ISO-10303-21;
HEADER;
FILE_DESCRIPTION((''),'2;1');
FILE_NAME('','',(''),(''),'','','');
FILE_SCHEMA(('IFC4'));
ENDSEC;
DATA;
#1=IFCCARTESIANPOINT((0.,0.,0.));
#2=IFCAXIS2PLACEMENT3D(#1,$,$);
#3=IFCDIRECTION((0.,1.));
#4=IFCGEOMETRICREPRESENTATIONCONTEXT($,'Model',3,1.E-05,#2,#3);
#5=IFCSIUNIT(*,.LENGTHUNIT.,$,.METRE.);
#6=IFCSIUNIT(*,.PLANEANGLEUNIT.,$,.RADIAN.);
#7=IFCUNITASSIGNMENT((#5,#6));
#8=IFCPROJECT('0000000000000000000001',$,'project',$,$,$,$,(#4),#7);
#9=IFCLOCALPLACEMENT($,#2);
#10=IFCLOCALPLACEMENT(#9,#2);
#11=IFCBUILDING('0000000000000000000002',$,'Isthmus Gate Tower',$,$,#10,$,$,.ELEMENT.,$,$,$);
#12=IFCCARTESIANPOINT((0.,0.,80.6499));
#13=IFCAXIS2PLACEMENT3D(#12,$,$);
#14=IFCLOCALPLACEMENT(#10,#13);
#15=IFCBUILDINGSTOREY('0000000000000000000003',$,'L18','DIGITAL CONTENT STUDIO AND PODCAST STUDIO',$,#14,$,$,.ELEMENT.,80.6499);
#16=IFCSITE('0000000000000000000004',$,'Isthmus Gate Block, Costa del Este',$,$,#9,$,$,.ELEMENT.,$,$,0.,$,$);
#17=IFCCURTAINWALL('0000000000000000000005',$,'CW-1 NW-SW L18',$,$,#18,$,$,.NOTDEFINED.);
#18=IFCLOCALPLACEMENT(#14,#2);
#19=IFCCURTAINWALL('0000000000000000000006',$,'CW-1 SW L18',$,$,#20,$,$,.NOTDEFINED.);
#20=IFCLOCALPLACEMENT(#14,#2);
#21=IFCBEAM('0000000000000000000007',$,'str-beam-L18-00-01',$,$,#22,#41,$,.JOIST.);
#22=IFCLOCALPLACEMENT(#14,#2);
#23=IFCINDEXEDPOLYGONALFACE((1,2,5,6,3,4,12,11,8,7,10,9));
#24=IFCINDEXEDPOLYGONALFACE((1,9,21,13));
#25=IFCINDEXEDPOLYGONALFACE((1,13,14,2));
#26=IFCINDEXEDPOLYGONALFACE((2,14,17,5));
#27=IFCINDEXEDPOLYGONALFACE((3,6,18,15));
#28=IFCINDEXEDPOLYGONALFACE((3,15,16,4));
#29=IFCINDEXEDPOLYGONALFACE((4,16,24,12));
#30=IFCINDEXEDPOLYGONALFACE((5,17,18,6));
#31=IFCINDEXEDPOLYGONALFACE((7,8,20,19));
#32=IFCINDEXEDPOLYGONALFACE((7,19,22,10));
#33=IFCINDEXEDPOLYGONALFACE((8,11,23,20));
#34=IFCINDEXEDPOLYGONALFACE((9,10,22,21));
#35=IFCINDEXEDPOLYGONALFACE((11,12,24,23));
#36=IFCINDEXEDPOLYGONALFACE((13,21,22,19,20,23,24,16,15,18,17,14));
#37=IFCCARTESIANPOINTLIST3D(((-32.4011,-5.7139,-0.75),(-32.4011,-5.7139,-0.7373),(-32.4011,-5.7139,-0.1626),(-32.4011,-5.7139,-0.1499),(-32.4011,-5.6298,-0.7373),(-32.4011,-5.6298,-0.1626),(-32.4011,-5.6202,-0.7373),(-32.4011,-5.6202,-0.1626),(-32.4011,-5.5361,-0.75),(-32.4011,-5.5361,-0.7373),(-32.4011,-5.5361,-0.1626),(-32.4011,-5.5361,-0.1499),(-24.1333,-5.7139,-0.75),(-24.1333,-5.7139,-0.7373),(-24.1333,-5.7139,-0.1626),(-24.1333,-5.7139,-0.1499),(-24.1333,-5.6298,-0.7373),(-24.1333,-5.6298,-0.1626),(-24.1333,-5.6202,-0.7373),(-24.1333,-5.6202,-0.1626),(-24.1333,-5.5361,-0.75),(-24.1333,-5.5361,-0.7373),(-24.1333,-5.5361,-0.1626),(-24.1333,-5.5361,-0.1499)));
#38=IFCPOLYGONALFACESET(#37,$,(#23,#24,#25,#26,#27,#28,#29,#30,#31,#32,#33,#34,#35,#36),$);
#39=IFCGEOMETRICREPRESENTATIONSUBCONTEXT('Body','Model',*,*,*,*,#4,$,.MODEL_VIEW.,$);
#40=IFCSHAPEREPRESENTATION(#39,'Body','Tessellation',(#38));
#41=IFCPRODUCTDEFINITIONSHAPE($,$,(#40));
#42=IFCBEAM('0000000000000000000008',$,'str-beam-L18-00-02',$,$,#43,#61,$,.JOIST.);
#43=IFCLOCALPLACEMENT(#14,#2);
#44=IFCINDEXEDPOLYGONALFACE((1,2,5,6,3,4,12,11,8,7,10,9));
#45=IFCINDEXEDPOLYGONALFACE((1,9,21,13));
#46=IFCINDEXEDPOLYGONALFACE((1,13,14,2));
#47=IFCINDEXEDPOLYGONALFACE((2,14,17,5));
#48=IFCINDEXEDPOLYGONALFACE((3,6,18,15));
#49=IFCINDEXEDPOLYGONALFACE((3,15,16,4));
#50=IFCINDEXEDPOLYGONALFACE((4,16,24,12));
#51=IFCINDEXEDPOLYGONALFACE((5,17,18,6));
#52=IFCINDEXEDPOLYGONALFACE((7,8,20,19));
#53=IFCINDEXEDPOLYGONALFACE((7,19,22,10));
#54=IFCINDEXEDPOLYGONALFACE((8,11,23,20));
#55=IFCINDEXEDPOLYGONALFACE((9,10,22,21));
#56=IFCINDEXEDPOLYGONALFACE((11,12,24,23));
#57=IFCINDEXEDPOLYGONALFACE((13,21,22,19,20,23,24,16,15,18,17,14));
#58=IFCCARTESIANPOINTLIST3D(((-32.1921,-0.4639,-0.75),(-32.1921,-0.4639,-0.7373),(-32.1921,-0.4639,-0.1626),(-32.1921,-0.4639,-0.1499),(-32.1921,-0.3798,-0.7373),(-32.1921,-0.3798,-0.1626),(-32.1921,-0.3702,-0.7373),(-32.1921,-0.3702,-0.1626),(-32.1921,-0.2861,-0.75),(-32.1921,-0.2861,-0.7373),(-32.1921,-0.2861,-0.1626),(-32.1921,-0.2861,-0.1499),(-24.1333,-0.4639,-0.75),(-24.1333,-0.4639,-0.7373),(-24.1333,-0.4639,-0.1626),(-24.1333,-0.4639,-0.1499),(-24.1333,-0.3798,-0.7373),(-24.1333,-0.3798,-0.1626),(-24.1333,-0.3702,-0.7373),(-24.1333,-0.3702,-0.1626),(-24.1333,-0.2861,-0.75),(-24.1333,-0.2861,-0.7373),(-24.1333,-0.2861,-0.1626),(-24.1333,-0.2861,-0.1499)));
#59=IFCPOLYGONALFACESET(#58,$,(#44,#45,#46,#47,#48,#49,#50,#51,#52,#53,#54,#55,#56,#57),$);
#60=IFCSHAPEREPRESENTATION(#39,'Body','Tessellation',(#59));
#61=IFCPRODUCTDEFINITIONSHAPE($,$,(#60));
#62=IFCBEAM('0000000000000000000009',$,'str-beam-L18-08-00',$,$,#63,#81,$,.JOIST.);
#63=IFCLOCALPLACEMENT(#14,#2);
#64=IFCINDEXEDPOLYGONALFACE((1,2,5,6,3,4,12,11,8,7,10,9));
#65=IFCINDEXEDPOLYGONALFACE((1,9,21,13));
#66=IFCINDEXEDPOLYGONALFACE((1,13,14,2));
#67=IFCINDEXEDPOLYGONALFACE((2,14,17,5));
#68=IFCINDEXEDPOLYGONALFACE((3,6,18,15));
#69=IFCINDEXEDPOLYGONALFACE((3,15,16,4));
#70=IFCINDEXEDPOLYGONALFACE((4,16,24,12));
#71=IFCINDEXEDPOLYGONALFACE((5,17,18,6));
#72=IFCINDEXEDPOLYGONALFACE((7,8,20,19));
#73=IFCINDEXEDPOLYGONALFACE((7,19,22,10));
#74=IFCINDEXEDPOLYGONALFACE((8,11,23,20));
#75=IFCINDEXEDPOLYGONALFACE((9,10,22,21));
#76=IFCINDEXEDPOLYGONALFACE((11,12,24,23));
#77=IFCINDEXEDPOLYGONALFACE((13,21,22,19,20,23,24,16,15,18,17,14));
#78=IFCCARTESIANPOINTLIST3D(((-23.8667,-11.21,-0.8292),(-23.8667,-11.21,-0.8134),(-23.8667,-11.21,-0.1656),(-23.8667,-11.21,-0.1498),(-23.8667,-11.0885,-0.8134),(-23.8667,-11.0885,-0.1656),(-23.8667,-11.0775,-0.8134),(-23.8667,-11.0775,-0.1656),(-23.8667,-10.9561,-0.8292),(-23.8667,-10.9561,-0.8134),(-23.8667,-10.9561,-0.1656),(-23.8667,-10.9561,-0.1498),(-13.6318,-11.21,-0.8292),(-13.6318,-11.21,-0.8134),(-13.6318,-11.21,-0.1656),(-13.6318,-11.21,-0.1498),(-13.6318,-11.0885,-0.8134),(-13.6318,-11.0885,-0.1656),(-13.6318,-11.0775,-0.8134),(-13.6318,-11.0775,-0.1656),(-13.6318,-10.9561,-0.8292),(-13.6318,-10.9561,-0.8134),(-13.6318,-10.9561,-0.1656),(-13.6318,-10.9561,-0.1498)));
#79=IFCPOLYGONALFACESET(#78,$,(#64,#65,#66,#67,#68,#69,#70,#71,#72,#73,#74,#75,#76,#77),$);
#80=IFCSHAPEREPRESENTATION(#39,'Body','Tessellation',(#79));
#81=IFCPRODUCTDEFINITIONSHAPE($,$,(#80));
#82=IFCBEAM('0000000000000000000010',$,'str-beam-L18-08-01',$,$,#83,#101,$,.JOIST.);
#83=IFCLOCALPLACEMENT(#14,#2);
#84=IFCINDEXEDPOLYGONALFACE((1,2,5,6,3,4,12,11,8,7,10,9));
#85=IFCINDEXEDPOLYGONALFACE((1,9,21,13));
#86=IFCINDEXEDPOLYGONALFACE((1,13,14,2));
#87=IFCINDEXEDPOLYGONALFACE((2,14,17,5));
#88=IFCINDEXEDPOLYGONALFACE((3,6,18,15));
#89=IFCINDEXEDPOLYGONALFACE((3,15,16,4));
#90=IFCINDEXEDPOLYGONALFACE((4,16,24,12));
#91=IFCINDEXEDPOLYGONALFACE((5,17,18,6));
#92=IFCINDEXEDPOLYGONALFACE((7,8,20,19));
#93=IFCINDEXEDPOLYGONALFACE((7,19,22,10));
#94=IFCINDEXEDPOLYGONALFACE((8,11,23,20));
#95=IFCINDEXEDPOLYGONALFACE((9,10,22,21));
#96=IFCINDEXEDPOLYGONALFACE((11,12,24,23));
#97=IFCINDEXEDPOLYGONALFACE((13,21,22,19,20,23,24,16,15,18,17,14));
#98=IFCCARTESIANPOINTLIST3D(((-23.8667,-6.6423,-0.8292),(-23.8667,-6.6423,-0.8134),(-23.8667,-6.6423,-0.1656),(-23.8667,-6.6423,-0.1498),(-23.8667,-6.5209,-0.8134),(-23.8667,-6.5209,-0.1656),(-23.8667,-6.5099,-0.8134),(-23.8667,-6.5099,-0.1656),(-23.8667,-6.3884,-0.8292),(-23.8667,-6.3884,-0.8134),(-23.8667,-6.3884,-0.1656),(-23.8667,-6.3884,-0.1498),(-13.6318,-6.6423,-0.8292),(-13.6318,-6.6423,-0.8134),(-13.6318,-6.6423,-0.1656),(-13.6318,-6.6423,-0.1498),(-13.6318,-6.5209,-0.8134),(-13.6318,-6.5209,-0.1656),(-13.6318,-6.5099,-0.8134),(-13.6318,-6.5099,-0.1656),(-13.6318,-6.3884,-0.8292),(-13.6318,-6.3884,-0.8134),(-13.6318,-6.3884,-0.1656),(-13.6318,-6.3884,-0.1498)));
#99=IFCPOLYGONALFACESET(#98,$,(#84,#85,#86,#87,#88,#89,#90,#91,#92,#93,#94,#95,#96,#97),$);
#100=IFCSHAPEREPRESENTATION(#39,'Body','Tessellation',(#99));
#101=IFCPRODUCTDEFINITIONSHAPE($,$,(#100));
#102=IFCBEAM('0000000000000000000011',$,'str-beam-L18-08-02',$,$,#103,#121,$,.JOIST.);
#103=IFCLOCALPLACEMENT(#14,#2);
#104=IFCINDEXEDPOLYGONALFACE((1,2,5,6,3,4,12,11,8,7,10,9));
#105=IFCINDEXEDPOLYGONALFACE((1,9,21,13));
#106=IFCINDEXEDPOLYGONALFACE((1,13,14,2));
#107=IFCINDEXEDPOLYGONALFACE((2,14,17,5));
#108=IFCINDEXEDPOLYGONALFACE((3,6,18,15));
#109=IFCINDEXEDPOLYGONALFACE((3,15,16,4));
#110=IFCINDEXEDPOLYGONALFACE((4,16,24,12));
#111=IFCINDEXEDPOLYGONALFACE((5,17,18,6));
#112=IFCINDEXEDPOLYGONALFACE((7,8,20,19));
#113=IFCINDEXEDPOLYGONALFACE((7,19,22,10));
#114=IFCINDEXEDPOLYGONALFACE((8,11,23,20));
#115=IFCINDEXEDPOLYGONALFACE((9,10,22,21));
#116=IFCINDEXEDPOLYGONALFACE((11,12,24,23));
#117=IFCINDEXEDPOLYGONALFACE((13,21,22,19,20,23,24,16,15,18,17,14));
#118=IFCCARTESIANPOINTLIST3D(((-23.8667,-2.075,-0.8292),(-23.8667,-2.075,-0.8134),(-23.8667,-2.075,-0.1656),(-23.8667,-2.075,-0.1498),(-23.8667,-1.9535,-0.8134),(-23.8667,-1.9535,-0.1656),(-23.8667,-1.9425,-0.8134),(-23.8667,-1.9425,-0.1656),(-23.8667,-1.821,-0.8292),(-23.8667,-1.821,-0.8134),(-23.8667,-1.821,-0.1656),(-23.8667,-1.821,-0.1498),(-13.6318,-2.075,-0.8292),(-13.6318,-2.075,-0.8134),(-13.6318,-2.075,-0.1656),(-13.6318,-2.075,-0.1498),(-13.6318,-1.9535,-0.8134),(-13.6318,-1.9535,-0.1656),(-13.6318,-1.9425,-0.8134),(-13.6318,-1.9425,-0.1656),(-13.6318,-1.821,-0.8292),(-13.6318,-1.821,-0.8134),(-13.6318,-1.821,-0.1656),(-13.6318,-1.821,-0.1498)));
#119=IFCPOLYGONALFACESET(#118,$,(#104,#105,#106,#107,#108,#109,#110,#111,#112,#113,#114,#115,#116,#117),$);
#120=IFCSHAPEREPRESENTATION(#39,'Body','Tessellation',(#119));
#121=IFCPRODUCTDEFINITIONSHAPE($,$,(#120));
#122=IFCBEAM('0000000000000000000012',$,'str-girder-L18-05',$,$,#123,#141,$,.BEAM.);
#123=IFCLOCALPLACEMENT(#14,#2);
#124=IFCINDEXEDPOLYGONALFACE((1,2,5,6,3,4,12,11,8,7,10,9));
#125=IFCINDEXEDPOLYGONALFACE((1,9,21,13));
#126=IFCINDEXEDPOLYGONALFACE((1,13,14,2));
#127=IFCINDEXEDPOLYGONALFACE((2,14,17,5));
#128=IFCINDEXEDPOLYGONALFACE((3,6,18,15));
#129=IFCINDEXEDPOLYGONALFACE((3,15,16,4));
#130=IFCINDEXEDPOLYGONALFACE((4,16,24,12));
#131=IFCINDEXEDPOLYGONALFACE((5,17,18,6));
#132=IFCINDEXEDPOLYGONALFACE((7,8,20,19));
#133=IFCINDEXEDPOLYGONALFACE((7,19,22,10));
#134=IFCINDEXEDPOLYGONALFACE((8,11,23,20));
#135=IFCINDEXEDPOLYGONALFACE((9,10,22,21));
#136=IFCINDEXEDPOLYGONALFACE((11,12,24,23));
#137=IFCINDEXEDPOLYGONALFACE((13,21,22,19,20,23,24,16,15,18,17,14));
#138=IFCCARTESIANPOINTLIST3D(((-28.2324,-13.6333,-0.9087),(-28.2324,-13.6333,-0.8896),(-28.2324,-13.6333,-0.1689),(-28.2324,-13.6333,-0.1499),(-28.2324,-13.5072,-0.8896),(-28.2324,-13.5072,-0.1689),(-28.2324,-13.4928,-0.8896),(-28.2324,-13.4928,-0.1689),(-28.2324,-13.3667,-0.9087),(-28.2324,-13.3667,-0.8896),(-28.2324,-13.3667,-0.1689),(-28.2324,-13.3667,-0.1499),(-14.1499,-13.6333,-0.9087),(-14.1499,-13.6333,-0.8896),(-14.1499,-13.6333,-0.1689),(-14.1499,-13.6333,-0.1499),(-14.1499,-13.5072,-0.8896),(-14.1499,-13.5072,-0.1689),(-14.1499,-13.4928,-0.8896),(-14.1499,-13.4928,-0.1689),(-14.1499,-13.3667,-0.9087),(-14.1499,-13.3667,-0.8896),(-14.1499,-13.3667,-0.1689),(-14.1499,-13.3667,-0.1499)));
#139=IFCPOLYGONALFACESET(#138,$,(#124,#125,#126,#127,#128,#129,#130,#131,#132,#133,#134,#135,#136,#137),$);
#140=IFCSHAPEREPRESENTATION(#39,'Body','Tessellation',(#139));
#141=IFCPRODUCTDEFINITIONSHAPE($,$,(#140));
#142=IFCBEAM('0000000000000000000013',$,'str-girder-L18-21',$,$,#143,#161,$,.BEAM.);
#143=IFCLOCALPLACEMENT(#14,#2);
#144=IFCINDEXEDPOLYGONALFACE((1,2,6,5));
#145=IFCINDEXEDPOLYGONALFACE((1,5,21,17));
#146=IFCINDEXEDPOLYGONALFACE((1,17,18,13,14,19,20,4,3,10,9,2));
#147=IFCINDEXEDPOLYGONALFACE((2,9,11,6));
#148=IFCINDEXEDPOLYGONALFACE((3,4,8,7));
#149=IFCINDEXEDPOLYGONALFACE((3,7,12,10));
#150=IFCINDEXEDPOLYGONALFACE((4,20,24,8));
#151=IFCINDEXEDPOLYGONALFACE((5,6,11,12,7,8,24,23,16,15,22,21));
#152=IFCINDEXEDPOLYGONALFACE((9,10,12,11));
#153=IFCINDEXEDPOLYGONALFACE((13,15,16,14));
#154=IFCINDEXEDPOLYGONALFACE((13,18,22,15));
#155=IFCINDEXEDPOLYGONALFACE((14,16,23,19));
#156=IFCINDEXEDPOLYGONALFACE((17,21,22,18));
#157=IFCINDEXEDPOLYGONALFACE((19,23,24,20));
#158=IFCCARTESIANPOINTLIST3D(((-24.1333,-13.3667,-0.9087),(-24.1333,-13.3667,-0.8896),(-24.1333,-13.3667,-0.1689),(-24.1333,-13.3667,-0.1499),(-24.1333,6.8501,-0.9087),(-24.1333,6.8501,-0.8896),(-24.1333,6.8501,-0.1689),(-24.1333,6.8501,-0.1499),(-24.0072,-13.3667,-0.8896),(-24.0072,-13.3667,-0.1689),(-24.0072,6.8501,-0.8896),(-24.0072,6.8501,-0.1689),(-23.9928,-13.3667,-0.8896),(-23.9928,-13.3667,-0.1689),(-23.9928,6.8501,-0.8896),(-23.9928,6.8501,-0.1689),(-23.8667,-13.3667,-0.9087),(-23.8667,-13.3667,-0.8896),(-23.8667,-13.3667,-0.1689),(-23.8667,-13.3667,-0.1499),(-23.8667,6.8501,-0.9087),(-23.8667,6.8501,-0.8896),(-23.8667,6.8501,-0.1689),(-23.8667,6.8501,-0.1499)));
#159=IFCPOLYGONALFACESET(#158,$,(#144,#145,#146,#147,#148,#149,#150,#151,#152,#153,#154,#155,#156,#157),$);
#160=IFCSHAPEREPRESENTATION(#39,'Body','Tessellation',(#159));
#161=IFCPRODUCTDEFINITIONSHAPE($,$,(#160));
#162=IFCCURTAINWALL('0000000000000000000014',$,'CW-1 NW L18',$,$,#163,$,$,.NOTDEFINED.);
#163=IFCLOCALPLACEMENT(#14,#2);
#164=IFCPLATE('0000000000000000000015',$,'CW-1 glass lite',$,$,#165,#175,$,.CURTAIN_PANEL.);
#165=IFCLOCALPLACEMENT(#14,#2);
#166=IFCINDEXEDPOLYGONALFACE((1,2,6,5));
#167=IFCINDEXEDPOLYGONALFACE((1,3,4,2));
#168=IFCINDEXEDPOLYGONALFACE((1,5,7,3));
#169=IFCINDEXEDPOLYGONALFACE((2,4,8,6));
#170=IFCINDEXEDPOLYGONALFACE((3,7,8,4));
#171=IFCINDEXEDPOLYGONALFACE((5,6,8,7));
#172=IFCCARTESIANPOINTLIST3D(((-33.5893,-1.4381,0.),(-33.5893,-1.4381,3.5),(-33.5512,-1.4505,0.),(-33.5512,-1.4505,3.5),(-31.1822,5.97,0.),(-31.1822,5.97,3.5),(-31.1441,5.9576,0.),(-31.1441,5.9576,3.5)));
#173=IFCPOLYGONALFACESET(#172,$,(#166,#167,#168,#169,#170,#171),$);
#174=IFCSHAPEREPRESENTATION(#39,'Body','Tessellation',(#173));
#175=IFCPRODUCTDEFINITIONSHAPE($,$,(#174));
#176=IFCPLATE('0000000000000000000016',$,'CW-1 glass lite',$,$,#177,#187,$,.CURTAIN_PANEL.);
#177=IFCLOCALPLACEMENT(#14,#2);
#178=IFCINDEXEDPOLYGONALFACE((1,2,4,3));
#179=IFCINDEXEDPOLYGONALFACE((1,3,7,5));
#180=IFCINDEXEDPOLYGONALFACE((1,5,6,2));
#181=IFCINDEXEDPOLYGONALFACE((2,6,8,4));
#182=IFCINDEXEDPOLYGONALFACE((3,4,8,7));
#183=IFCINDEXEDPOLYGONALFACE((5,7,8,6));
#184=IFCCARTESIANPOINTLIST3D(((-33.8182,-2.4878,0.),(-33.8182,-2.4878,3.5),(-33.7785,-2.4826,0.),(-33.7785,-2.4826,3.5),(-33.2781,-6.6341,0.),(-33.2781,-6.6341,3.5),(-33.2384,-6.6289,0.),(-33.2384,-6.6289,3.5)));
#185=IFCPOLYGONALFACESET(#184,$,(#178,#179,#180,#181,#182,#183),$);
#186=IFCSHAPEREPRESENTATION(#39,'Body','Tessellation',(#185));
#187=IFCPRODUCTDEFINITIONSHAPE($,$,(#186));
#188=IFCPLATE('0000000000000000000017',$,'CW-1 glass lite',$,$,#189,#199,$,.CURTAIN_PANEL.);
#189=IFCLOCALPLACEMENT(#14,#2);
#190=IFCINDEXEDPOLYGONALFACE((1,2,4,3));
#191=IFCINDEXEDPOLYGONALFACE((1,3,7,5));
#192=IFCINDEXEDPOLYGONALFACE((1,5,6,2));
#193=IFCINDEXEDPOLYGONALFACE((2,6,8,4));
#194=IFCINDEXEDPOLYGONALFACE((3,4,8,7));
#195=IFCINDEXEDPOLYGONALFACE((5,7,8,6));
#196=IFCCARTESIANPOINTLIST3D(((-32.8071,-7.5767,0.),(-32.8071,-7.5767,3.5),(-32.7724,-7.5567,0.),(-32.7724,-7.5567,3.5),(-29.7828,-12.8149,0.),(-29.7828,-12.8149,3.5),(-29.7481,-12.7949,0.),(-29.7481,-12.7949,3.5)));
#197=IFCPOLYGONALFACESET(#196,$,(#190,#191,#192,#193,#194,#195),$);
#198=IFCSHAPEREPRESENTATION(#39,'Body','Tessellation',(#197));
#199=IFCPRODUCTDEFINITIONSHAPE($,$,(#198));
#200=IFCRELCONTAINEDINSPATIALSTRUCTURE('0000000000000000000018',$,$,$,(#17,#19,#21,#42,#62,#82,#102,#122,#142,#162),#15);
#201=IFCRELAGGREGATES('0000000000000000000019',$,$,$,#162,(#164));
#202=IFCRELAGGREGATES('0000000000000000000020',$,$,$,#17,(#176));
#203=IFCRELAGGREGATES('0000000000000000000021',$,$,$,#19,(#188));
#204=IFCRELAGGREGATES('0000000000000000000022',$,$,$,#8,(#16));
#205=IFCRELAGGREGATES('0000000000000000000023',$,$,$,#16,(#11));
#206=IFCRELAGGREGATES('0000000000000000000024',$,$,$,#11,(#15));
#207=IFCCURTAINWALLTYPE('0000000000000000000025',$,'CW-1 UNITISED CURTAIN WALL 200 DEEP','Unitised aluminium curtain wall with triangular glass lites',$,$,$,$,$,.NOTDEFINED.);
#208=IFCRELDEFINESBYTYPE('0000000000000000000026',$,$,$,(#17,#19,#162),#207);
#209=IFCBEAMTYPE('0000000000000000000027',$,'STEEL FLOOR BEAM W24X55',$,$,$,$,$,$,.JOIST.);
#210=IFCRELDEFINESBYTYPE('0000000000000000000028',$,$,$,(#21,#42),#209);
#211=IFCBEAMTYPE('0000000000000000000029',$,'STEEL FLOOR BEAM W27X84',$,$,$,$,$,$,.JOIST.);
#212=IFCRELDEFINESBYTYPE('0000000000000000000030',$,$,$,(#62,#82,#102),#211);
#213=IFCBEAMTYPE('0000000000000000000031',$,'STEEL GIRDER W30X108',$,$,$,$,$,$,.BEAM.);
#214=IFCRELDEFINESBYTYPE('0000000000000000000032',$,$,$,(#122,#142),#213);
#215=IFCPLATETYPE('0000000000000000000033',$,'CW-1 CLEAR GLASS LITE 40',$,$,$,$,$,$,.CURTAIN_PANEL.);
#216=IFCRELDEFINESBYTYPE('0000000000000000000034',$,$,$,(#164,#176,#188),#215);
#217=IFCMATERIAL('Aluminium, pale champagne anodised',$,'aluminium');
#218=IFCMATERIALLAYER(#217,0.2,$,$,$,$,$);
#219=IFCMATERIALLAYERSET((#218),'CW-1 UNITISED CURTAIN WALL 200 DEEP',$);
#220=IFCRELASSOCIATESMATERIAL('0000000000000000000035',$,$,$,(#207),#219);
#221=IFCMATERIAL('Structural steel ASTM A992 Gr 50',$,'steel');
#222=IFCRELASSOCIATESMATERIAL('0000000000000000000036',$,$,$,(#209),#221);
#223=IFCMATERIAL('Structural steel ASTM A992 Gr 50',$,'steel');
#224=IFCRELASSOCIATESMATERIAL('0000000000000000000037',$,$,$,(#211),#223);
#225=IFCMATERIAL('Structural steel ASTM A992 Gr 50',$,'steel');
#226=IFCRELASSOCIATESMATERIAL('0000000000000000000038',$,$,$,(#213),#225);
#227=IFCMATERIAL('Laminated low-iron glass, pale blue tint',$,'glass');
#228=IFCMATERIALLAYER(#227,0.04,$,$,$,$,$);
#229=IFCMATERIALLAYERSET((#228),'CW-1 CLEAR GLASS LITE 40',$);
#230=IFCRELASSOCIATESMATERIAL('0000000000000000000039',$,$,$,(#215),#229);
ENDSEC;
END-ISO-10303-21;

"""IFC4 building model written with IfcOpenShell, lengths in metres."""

from ifc_helpers import new_model, si_unit, direction, frame, origin, origin_2d, place, context, subcontext, project, spatial, rectangle, i_section, extrude, material, layer, layer_set, material_profile, profile_set, type_object, element, aggregate, save


model = new_model("IFC4")

# Units and contexts
model_context = context("Model", 3, precision=1e-05, world=origin(), true_north=direction((0.0, 1.0)))
body_context = subcontext(model_context, "Body", "Model", "MODEL_VIEW")
ifc_project = project(units=[si_unit("LENGTHUNIT", "METRE"), si_unit("PLANEANGLEUNIT", "RADIAN")], contexts=[model_context])

# Site, building, storey
site_placement = place(None, origin())
site = spatial("IfcSite", under=ifc_project, at=site_placement, Name="Isthmus Gate Block, Costa del Este", CompositionType="ELEMENT", RefElevation=0.0)
building_placement = place(site_placement, origin())
building = spatial("IfcBuilding", under=site, at=building_placement, Name="Isthmus Gate Tower", CompositionType="ELEMENT")
storey_placement = place(building_placement, frame((0.0, 0.0, 80.6499)))
storey = spatial("IfcBuildingStorey", under=building, at=storey_placement, Name="L18", Description="DIGITAL CONTENT STUDIO AND PODCAST STUDIO", CompositionType="ELEMENT", Elevation=80.6499)

# Curtain walls
ifc_material_1 = material(Name="Aluminium, pale champagne anodised", Category="aluminium")
ifc_layer_1 = layer(ifc_material_1, 0.2)
ifc_layer_set_1 = layer_set([ifc_layer_1], Name="CW-1 UNITISED CURTAIN WALL 200 DEEP")
curtain_wall_type = type_object("IfcCurtainWallType", Name="CW-1 UNITISED CURTAIN WALL 200 DEEP", Description="Unitised aluminium curtain wall with triangular glass lites", PredefinedType="NOTDEFINED", material=ifc_layer_set_1)
curtain_wall_1_placement = place(storey_placement, origin())
curtain_wall_1 = element("IfcCurtainWall", 1, at=curtain_wall_1_placement, inside=storey, type_object=curtain_wall_type, Name="CW-1 NW-SW L18", PredefinedType="NOTDEFINED")
curtain_wall_2_placement = place(storey_placement, origin())
curtain_wall_2 = element("IfcCurtainWall", 2, at=curtain_wall_2_placement, inside=storey, type_object=curtain_wall_type, Name="CW-1 SW L18", PredefinedType="NOTDEFINED")

# Beams
ifc_material_2 = material(Name="Structural steel ASTM A992 Gr 50", Category="steel")
ifc_material_profile_1 = material_profile(ifc_material_2, i_section(OverallWidth=0.1777, OverallDepth=0.6001, WebThickness=0.0095, FlangeThickness=0.0127, at=origin_2d()), Name="W24X55")
ifc_profile_set_1 = profile_set([ifc_material_profile_1], Name="Structural steel ASTM A992 Gr 50")
beam_type_1 = type_object("IfcBeamType", Name="STEEL FLOOR BEAM W24X55", PredefinedType="JOIST", material=ifc_profile_set_1)
beam_1_placement = place(storey_placement, frame((-32.4011, -5.625, -0.45), z_axis=(1.0, 0.0, 0.0), x_axis=(0.0, 1.0, 0.0)))
element("IfcBeam", 3, at=beam_1_placement, inside=storey, type_object=beam_type_1, Name="str-beam-L18-00-01", PredefinedType="JOIST", context=body_context, shape_type="SweptSolid", body=[
    extrude(i_section(OverallWidth=0.1777, OverallDepth=0.6001, WebThickness=0.0095, FlangeThickness=0.0127, at=origin_2d()), origin(), (0.0, 0.0, 1.0), 8.2678),
])
beam_2_placement = place(storey_placement, frame((-32.1921, -0.375, -0.45), z_axis=(1.0, 0.0, 0.0), x_axis=(0.0, 1.0, 0.0)))
element("IfcBeam", 4, at=beam_2_placement, inside=storey, type_object=beam_type_1, Name="str-beam-L18-00-02", PredefinedType="JOIST", context=body_context, shape_type="SweptSolid", body=[
    extrude(i_section(OverallWidth=0.1777, OverallDepth=0.6001, WebThickness=0.0095, FlangeThickness=0.0127, at=origin_2d()), origin(), (0.0, 0.0, 1.0), 8.0588),
])
ifc_material_3 = material(Name="Structural steel ASTM A992 Gr 50", Category="steel")
ifc_material_profile_2 = material_profile(ifc_material_3, i_section(OverallWidth=0.2539, OverallDepth=0.6794, WebThickness=0.011, FlangeThickness=0.0159, at=origin_2d()), Name="W27X84")
ifc_profile_set_2 = profile_set([ifc_material_profile_2], Name="Structural steel ASTM A992 Gr 50")
beam_type_2 = type_object("IfcBeamType", Name="STEEL FLOOR BEAM W27X84", PredefinedType="JOIST", material=ifc_profile_set_2)
for number, where, z_axis, x_axis, name in (
    (5, (-23.8667, -11.083, -0.4895), (1.0, 0.0, 0.0), (0.0, 1.0, 0.0), "str-beam-L18-08-00"),
    (6, (-23.8667, -6.5154, -0.4895), (1.0, 0.0, 0.0), (0.0, 1.0, 0.0), "str-beam-L18-08-01"),
    (7, (-23.8667, -1.948, -0.4895), (1.0, 0.0, 0.0), (0.0, 1.0, 0.0), "str-beam-L18-08-02"),
):
    element("IfcBeam", number, at=place(storey_placement, frame(where, z_axis=z_axis, x_axis=x_axis)), inside=storey, type_object=beam_type_2, Name=name, PredefinedType="JOIST", context=body_context, shape_type="SweptSolid", body=[
        extrude(i_section(OverallWidth=0.2539, OverallDepth=0.6794, WebThickness=0.011, FlangeThickness=0.0159, at=origin_2d()), origin(), (0.0, 0.0, 1.0), 10.2349),
    ])
ifc_material_4 = material(Name="Structural steel ASTM A992 Gr 50", Category="steel")
ifc_material_profile_3 = material_profile(ifc_material_4, i_section(OverallWidth=0.2666, OverallDepth=0.7588, WebThickness=0.0144, FlangeThickness=0.019, at=origin_2d()), Name="W30X108")
ifc_profile_set_3 = profile_set([ifc_material_profile_3], Name="Structural steel ASTM A992 Gr 50")
beam_type_3 = type_object("IfcBeamType", Name="STEEL GIRDER W30X108", PredefinedType="BEAM", material=ifc_profile_set_3)
beam_3_placement = place(storey_placement, frame((-28.2324, -13.5, -0.5293), z_axis=(1.0, 0.0, 0.0), x_axis=(0.0, 1.0, 0.0)))
element("IfcBeam", 8, at=beam_3_placement, inside=storey, type_object=beam_type_3, Name="str-girder-L18-05", PredefinedType="BEAM", context=body_context, shape_type="SweptSolid", body=[
    extrude(i_section(OverallWidth=0.2666, OverallDepth=0.7588, WebThickness=0.0144, FlangeThickness=0.019, at=origin_2d()), origin(), (0.0, 0.0, 1.0), 14.0825),
])
beam_4_placement = place(storey_placement, frame((-24.0, -13.3667, -0.5293), z_axis=(0.0, 1.0, 0.0), x_axis=(-1.0, 0.0, 0.0)))
element("IfcBeam", 9, at=beam_4_placement, inside=storey, type_object=beam_type_3, Name="str-girder-L18-21", PredefinedType="BEAM", context=body_context, shape_type="SweptSolid", body=[
    extrude(i_section(OverallWidth=0.2666, OverallDepth=0.7588, WebThickness=0.0144, FlangeThickness=0.019, at=origin_2d()), origin(), (0.0, 0.0, 1.0), 20.2168),
])

# Curtain wall, plate
curtain_wall_3_placement = place(storey_placement, origin())
curtain_wall_3 = element("IfcCurtainWall", 10, at=curtain_wall_3_placement, inside=storey, type_object=curtain_wall_type, Name="CW-1 NW L18", PredefinedType="NOTDEFINED")
ifc_material_5 = material(Name="Laminated low-iron glass, pale blue tint", Category="glass")
ifc_layer_2 = layer(ifc_material_5, 0.04)
ifc_layer_set_2 = layer_set([ifc_layer_2], Name="CW-1 CLEAR GLASS LITE 40")
plate_type = type_object("IfcPlateType", Name="CW-1 CLEAR GLASS LITE 40", PredefinedType="CURTAIN_PANEL", material=ifc_layer_set_2)
plate_1_placement = place(storey_placement, frame((-32.3667, 2.2598, 0.0), z_axis=(0.0, 0.0, 1.0), x_axis=(-0.309017, -0.951057, 0.0)))
plate_1 = element("IfcPlate", 11, at=plate_1_placement, type_object=plate_type, Name="CW-1 glass lite", PredefinedType="CURTAIN_PANEL", context=body_context, shape_type="SweptSolid", body=[
    extrude(rectangle(XDim=7.7893, YDim=0.04, at=origin_2d()), origin(), (0.0, 0.0, 1.0), 3.5),
])
aggregate(curtain_wall_3, [plate_1])

# Plates
plate_2_placement = place(storey_placement, frame((-33.5283, -4.5583, 0.0), z_axis=(0.0, 0.0, 1.0), x_axis=(0.129165, -0.991623, 0.0)))
plate_2 = element("IfcPlate", 12, at=plate_2_placement, type_object=plate_type, Name="CW-1 glass lite", PredefinedType="CURTAIN_PANEL", context=body_context, shape_type="SweptSolid", body=[
    extrude(rectangle(XDim=4.1814, YDim=0.04, at=origin_2d()), origin(), (0.0, 0.0, 1.0), 3.5),
])
aggregate(curtain_wall_1, [plate_2])
plate_3_placement = place(storey_placement, frame((-31.2776, -10.1858, 0.0), z_axis=(0.0, 0.0, 1.0), x_axis=(0.5, -0.866025, 0.0)))
plate_3 = element("IfcPlate", 13, at=plate_3_placement, type_object=plate_type, Name="CW-1 glass lite", PredefinedType="CURTAIN_PANEL", context=body_context, shape_type="SweptSolid", body=[
    extrude(rectangle(XDim=6.0486, YDim=0.04, at=origin_2d()), origin(), (0.0, 0.0, 1.0), 3.5),
])
aggregate(curtain_wall_2, [plate_3])

save(model, "model.ifc")
